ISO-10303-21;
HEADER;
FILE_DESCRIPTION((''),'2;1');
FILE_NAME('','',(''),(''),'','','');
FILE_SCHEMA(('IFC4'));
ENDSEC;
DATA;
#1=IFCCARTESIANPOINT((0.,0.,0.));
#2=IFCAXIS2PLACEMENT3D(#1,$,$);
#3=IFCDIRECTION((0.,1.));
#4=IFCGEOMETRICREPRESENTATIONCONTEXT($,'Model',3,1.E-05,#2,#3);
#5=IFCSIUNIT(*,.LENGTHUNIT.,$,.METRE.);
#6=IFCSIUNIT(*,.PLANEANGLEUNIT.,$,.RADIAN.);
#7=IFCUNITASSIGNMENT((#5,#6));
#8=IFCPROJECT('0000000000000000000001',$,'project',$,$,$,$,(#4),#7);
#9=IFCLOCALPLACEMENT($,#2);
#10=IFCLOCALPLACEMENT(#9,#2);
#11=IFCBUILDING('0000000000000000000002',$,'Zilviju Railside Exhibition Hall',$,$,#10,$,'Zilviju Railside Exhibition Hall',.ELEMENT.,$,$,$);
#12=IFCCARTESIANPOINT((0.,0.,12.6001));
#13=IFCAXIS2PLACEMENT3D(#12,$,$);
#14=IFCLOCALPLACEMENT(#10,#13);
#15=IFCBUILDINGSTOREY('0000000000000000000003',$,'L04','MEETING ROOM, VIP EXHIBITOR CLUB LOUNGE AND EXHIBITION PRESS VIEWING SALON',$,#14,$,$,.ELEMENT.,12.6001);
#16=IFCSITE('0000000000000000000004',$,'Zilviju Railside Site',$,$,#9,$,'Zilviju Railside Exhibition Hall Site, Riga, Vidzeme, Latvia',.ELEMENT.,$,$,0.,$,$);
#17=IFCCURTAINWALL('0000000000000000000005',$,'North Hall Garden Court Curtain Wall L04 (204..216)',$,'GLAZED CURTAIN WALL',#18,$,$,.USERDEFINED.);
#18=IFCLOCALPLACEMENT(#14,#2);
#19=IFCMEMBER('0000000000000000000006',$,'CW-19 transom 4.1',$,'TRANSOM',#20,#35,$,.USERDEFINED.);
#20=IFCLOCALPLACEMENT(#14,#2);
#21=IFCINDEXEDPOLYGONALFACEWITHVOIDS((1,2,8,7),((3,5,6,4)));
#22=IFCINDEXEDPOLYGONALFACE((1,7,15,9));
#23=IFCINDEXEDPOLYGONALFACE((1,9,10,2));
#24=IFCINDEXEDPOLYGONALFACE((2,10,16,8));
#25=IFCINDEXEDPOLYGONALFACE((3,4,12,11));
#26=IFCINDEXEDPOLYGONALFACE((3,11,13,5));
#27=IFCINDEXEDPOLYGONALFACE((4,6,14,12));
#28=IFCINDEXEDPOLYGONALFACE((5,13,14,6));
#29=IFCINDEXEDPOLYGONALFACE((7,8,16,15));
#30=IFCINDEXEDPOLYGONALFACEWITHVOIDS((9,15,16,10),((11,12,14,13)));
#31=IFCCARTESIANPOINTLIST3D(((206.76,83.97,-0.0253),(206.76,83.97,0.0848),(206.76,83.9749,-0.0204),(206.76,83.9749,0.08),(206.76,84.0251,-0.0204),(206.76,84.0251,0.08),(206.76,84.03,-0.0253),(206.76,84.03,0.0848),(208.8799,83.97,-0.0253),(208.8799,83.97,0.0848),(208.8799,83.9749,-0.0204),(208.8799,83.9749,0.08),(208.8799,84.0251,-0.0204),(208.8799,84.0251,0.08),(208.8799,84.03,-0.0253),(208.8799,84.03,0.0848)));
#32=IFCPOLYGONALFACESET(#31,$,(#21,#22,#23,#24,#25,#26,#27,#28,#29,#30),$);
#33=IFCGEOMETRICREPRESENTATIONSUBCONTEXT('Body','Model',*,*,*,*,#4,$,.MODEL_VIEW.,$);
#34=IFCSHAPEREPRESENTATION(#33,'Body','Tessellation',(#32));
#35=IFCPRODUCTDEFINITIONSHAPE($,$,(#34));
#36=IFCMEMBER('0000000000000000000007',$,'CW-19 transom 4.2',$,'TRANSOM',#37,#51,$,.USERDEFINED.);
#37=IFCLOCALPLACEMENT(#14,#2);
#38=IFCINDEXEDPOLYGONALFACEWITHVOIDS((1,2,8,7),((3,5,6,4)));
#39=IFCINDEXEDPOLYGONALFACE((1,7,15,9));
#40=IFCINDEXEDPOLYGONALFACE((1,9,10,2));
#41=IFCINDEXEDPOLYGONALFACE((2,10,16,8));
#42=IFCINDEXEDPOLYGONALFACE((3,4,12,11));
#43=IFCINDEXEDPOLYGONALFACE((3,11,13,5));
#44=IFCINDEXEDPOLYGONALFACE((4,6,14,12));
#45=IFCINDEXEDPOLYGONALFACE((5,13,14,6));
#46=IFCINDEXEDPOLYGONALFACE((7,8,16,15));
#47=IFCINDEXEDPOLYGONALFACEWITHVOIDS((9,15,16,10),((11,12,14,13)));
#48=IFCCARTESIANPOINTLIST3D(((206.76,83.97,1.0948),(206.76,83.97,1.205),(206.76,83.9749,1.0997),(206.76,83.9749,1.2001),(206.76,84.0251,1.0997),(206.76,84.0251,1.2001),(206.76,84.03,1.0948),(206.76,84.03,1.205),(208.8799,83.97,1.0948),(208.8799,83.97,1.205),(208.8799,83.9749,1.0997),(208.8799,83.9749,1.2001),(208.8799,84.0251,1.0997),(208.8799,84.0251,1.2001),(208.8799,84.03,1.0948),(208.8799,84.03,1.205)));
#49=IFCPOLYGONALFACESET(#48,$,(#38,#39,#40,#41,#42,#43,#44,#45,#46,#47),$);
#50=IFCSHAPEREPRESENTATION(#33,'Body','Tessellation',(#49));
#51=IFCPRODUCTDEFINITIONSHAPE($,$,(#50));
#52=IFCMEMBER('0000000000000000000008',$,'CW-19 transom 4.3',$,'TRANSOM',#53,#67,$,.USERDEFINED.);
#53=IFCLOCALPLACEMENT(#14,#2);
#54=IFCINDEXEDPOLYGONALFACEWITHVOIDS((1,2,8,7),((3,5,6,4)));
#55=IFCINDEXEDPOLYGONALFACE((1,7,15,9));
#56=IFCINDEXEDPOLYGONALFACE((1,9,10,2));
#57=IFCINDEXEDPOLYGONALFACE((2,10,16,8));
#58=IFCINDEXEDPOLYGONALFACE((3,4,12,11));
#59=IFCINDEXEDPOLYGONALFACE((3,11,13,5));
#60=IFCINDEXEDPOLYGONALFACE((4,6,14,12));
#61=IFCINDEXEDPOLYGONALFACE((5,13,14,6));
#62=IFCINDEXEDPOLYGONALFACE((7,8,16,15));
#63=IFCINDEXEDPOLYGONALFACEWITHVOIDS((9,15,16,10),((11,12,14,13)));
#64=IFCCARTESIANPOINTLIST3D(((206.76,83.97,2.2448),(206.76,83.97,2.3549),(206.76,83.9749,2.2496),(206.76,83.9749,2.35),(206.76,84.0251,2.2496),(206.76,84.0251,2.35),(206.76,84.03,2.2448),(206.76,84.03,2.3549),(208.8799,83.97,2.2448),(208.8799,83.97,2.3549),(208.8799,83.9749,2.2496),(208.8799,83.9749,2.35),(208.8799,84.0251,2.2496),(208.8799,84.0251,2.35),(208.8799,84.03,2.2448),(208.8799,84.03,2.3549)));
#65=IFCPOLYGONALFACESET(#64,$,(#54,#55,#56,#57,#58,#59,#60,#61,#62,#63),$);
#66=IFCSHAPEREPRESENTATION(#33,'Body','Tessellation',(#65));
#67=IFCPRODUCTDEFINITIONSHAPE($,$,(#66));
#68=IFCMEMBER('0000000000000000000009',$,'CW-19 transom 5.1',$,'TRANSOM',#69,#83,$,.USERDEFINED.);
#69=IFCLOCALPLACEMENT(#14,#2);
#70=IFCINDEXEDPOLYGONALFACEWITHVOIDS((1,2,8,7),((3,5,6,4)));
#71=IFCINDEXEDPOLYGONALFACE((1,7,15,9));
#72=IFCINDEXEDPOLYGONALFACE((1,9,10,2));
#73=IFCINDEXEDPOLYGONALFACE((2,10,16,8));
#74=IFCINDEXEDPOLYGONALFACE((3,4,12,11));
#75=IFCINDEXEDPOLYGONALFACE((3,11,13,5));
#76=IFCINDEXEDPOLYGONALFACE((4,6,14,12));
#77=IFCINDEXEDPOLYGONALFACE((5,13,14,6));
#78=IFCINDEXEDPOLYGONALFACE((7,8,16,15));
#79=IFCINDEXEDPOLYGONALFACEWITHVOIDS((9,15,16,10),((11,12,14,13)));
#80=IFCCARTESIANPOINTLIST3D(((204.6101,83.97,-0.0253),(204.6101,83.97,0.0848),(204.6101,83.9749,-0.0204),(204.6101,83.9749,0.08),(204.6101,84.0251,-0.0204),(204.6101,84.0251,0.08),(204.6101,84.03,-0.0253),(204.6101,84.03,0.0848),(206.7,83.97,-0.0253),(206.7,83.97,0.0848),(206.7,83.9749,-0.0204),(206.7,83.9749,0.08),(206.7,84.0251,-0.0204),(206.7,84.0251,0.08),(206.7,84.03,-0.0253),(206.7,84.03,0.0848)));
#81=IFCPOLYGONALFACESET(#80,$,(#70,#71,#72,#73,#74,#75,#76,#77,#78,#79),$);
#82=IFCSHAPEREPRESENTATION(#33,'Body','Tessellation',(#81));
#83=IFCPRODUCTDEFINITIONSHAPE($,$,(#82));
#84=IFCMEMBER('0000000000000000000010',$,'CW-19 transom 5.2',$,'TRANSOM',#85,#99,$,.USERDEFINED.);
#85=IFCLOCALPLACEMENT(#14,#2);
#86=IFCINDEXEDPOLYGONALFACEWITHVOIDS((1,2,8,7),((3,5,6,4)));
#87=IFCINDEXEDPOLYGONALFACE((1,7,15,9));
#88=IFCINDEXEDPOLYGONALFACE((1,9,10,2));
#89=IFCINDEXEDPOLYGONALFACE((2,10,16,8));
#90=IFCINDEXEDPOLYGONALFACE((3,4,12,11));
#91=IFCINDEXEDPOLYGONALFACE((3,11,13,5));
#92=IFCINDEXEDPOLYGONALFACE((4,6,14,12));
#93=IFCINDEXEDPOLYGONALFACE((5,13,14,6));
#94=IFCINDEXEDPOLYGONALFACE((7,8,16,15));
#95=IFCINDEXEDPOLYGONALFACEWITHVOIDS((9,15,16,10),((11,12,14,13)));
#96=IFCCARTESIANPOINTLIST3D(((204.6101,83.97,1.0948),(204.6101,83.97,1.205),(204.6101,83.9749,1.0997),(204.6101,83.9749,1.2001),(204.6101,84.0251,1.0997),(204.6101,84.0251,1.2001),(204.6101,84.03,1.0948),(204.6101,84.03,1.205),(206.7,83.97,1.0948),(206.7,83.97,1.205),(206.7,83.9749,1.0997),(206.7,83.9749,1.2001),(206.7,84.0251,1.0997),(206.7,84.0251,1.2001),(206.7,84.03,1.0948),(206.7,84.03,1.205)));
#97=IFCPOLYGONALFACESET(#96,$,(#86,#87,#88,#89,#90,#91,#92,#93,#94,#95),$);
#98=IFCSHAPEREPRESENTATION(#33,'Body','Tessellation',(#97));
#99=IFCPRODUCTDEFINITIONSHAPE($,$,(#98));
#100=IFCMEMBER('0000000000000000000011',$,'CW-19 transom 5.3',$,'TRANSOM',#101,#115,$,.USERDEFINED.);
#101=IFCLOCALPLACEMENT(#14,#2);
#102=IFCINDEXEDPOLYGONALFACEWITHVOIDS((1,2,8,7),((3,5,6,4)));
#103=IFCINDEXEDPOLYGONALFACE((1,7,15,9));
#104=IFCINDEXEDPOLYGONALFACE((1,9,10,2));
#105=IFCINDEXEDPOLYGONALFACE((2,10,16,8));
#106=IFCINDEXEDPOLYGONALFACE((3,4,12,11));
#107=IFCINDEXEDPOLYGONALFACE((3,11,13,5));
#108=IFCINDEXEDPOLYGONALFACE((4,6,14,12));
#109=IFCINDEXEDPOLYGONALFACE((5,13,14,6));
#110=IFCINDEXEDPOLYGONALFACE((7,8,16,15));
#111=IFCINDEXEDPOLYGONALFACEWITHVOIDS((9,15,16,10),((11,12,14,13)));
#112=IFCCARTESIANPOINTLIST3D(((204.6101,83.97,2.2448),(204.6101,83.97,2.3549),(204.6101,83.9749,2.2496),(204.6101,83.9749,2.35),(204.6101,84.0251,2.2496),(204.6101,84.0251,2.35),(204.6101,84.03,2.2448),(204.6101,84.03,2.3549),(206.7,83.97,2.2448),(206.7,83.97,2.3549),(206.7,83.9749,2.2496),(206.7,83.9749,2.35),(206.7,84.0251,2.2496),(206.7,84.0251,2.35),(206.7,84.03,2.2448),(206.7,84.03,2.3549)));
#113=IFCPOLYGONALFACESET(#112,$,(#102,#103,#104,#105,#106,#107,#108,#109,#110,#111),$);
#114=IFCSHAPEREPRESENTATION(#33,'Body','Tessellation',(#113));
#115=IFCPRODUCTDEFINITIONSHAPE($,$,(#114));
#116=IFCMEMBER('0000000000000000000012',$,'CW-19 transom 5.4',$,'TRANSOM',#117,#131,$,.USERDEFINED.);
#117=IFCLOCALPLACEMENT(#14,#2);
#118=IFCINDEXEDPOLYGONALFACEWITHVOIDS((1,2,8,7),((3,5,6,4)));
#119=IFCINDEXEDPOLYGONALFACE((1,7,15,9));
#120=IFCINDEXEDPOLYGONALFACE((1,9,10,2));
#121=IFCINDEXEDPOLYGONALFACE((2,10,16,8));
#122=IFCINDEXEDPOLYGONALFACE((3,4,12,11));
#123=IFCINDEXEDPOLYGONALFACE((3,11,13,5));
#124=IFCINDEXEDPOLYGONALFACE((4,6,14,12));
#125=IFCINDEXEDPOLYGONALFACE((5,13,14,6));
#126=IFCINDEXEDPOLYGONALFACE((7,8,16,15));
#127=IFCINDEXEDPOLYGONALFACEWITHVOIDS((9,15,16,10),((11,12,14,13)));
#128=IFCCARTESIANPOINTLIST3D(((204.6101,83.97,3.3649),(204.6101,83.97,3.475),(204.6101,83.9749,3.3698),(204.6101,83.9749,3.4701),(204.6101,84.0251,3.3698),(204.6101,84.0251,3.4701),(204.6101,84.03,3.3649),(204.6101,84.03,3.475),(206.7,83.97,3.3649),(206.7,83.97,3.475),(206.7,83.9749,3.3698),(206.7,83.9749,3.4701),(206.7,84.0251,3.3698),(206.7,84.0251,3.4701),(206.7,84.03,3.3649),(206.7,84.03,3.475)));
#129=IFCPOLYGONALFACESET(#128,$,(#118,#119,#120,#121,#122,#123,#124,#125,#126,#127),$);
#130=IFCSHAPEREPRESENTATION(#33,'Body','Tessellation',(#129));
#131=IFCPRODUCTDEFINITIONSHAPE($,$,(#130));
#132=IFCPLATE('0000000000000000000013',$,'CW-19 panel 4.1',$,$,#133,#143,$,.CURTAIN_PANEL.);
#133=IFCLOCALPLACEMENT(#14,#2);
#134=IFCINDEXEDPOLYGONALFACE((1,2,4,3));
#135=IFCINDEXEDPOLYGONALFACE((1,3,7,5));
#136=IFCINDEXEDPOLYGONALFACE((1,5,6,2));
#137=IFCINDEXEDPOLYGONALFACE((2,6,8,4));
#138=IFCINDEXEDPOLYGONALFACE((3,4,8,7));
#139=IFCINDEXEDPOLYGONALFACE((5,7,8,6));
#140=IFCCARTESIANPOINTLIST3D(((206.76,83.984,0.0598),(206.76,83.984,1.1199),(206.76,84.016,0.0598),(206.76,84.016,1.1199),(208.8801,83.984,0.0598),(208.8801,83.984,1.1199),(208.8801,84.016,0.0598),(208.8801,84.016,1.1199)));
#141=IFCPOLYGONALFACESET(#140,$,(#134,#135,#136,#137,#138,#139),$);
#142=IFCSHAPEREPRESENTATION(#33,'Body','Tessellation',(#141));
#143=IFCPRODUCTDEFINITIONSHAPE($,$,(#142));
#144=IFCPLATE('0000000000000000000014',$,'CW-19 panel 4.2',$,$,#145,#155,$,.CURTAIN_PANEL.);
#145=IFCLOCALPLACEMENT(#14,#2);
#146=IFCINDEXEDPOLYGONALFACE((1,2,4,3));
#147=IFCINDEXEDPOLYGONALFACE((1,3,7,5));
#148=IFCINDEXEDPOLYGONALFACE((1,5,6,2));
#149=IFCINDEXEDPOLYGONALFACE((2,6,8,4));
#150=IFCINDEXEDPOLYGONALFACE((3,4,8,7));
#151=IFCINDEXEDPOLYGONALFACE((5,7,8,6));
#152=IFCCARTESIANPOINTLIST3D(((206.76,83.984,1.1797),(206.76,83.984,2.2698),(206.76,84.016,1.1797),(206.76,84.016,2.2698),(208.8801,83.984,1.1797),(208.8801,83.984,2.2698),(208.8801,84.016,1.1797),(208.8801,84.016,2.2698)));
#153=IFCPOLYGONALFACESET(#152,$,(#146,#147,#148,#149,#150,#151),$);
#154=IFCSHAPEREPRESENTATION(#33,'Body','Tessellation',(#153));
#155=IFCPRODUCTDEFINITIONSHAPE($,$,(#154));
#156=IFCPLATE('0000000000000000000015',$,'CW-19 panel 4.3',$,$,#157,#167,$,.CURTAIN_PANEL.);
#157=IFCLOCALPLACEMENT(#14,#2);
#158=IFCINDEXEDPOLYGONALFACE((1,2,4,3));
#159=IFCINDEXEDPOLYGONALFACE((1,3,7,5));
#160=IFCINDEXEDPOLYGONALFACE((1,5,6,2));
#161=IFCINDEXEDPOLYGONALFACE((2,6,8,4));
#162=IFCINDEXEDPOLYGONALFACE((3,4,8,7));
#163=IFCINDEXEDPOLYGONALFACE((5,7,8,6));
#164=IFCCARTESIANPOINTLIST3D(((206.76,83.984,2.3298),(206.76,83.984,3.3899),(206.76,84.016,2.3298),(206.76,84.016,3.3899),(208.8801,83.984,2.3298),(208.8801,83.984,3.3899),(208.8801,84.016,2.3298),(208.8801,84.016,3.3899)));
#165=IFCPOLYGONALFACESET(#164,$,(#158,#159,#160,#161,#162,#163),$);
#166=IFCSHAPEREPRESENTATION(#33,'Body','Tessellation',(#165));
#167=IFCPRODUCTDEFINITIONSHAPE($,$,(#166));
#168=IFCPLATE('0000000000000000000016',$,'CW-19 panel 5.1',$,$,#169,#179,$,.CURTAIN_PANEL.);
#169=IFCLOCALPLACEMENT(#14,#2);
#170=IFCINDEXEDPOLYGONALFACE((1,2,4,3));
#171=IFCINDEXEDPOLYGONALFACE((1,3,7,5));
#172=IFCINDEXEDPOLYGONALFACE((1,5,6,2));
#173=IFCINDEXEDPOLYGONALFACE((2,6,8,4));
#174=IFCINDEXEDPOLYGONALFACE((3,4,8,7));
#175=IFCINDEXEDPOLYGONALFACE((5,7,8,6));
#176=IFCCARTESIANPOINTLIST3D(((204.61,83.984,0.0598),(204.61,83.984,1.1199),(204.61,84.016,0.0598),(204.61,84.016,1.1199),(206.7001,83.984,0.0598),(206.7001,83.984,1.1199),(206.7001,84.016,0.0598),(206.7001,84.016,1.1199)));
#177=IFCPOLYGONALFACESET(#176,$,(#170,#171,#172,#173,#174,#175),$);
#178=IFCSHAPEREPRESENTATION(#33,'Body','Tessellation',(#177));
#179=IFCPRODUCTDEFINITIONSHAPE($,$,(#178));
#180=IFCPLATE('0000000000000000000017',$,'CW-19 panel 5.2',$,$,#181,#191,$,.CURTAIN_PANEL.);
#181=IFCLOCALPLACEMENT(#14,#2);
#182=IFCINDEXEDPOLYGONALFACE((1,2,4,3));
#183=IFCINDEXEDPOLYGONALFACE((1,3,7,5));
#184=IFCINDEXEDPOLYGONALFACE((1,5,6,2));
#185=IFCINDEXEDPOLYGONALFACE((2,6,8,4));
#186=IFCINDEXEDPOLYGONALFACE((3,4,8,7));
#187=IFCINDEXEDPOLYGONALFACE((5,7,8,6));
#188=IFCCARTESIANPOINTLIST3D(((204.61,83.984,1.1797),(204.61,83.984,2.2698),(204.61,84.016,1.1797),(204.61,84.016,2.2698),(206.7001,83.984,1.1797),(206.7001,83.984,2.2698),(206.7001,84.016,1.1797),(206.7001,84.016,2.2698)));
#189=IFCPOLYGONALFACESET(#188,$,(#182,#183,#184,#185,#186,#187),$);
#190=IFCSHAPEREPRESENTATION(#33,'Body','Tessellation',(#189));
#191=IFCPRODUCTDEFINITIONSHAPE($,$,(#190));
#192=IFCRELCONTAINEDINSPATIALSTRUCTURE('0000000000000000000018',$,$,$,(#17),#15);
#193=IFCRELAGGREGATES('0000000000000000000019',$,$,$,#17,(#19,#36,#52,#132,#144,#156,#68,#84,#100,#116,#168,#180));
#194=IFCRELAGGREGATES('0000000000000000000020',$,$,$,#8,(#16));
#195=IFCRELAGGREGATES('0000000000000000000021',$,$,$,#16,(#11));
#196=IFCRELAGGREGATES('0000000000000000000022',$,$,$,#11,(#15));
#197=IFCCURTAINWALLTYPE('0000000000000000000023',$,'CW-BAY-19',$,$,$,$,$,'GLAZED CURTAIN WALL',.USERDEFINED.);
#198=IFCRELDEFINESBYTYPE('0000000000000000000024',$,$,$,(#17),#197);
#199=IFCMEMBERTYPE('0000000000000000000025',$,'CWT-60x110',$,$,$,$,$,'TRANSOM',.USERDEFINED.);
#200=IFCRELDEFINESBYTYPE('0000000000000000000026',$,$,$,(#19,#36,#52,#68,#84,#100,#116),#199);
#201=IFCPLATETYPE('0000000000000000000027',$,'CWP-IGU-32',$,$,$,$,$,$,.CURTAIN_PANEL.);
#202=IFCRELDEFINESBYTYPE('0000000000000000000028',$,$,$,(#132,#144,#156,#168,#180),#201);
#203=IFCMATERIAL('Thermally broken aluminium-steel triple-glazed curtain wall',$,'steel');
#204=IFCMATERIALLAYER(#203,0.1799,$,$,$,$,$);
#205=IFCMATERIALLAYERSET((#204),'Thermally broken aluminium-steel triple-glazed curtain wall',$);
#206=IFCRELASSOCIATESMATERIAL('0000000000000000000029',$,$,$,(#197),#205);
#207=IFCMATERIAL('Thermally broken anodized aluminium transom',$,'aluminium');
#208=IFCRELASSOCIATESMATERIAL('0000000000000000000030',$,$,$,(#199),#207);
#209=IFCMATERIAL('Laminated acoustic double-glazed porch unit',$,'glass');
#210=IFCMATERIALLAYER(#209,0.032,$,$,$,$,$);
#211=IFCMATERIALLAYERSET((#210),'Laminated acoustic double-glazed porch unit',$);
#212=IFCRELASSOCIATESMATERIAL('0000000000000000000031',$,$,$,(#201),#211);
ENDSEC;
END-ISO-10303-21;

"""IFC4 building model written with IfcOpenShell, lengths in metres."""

from ifc_helpers import new_model, si_unit, direction, frame, origin, origin_2d, place, context, subcontext, project, spatial, rectangle, hollow_rectangle, extrude, material, layer, layer_set, material_profile, profile_set, type_object, element, aggregate, save


model = new_model("IFC4")

# Units and contexts
model_context = context("Model", 3, precision=1e-05, world=origin(), true_north=direction((0.0, 1.0)))
body_context = subcontext(model_context, "Body", "Model", "MODEL_VIEW")
ifc_project = project(units=[si_unit("LENGTHUNIT", "METRE"), si_unit("PLANEANGLEUNIT", "RADIAN")], contexts=[model_context])

# Site, building, storey
site_placement = place(None, origin())
site = spatial("IfcSite", under=ifc_project, at=site_placement, Name="Zilviju Railside Site", LongName="Zilviju Railside Exhibition Hall Site, Riga, Vidzeme, Latvia", CompositionType="ELEMENT", RefElevation=0.0)
building_placement = place(site_placement, origin())
building = spatial("IfcBuilding", under=site, at=building_placement, Name="Zilviju Railside Exhibition Hall", LongName="Zilviju Railside Exhibition Hall", CompositionType="ELEMENT")
storey_placement = place(building_placement, frame((0.0, 0.0, 12.6001)))
storey = spatial("IfcBuildingStorey", under=building, at=storey_placement, Name="L04", Description="MEETING ROOM, VIP EXHIBITOR CLUB LOUNGE AND EXHIBITION PRESS VIEWING SALON", CompositionType="ELEMENT", Elevation=12.6001)

# Curtain wall, members, plates
ifc_material_1 = material(Name="Thermally broken aluminium-steel triple-glazed curtain wall", Category="steel")
ifc_layer_1 = layer(ifc_material_1, 0.1799)
ifc_layer_set_1 = layer_set([ifc_layer_1], Name="Thermally broken aluminium-steel triple-glazed curtain wall")
curtain_wall_type = type_object("IfcCurtainWallType", Name="CW-BAY-19", ElementType="GLAZED CURTAIN WALL", PredefinedType="USERDEFINED", material=ifc_layer_set_1)
curtain_wall_placement = place(storey_placement, origin())
curtain_wall = element("IfcCurtainWall", 1, at=curtain_wall_placement, inside=storey, type_object=curtain_wall_type, Name="North Hall Garden Court Curtain Wall L04 (204..216)", ObjectType="GLAZED CURTAIN WALL", PredefinedType="USERDEFINED")
ifc_material_2 = material(Name="Thermally broken anodized aluminium transom", Category="aluminium")
ifc_material_profile_1 = material_profile(ifc_material_2, hollow_rectangle(XDim=0.0601, YDim=0.1101, WallThickness=0.0049, at=origin_2d()), Name="TRANSOM 110x60x5")
ifc_profile_set_1 = profile_set([ifc_material_profile_1], Name="Thermally broken anodized aluminium transom")
member_type_1 = type_object("IfcMemberType", Name="CWT-60x110", ElementType="TRANSOM", PredefinedType="USERDEFINED", material=ifc_profile_set_1)
member_1_placement = place(storey_placement, frame((208.8799, 84.0, 0.0298), z_axis=(-1.0, 0.0, 0.0), x_axis=(0.0, -1.0, 0.0)))
member_1 = element("IfcMember", 2, at=member_1_placement, type_object=member_type_1, Name="CW-19 transom 4.1", ObjectType="TRANSOM", PredefinedType="USERDEFINED", context=body_context, shape_type="SweptSolid", body=[
    extrude(hollow_rectangle(XDim=0.0601, YDim=0.1101, WallThickness=0.0049, at=origin_2d()), origin(), (0.0, 0.0, 1.0), 2.1199),
])
member_2_placement = place(storey_placement, frame((208.8799, 84.0, 1.1499), z_axis=(-1.0, 0.0, 0.0), x_axis=(0.0, -1.0, 0.0)))
member_2 = element("IfcMember", 3, at=member_2_placement, type_object=member_type_1, Name="CW-19 transom 4.2", ObjectType="TRANSOM", PredefinedType="USERDEFINED", context=body_context, shape_type="SweptSolid", body=[
    extrude(hollow_rectangle(XDim=0.0601, YDim=0.1101, WallThickness=0.0049, at=origin_2d()), origin(), (0.0, 0.0, 1.0), 2.1199),
])
member_3_placement = place(storey_placement, frame((208.8799, 84.0, 2.2998), z_axis=(-1.0, 0.0, 0.0), x_axis=(0.0, -1.0, 0.0)))
member_3 = element("IfcMember", 4, at=member_3_placement, type_object=member_type_1, Name="CW-19 transom 4.3", ObjectType="TRANSOM", PredefinedType="USERDEFINED", context=body_context, shape_type="SweptSolid", body=[
    extrude(hollow_rectangle(XDim=0.0601, YDim=0.1101, WallThickness=0.0049, at=origin_2d()), origin(), (0.0, 0.0, 1.0), 2.1199),
])
member_4_placement = place(storey_placement, frame((206.7, 84.0, 0.0298), z_axis=(-1.0, 0.0, 0.0), x_axis=(0.0, -1.0, 0.0)))
member_4 = element("IfcMember", 5, at=member_4_placement, type_object=member_type_1, Name="CW-19 transom 5.1", ObjectType="TRANSOM", PredefinedType="USERDEFINED", context=body_context, shape_type="SweptSolid", body=[
    extrude(hollow_rectangle(XDim=0.0601, YDim=0.1101, WallThickness=0.0049, at=origin_2d()), origin(), (0.0, 0.0, 1.0), 2.0898),
])
member_5_placement = place(storey_placement, frame((206.7, 84.0, 1.1499), z_axis=(-1.0, 0.0, 0.0), x_axis=(0.0, -1.0, 0.0)))
member_5 = element("IfcMember", 6, at=member_5_placement, type_object=member_type_1, Name="CW-19 transom 5.2", ObjectType="TRANSOM", PredefinedType="USERDEFINED", context=body_context, shape_type="SweptSolid", body=[
    extrude(hollow_rectangle(XDim=0.0601, YDim=0.1101, WallThickness=0.0049, at=origin_2d()), origin(), (0.0, 0.0, 1.0), 2.0898),
])
member_6_placement = place(storey_placement, frame((206.7, 84.0, 2.2998), z_axis=(-1.0, 0.0, 0.0), x_axis=(0.0, -1.0, 0.0)))
member_6 = element("IfcMember", 7, at=member_6_placement, type_object=member_type_1, Name="CW-19 transom 5.3", ObjectType="TRANSOM", PredefinedType="USERDEFINED", context=body_context, shape_type="SweptSolid", body=[
    extrude(hollow_rectangle(XDim=0.0601, YDim=0.1101, WallThickness=0.0049, at=origin_2d()), origin(), (0.0, 0.0, 1.0), 2.0898),
])
member_7_placement = place(storey_placement, frame((206.7, 84.0, 3.4199), z_axis=(-1.0, 0.0, 0.0), x_axis=(0.0, -1.0, 0.0)))
member_7 = element("IfcMember", 8, at=member_7_placement, type_object=member_type_1, Name="CW-19 transom 5.4", ObjectType="TRANSOM", PredefinedType="USERDEFINED", context=body_context, shape_type="SweptSolid", body=[
    extrude(hollow_rectangle(XDim=0.0601, YDim=0.1101, WallThickness=0.0049, at=origin_2d()), origin(), (0.0, 0.0, 1.0), 2.0898),
])
ifc_material_3 = material(Name="Laminated acoustic double-glazed porch unit", Category="glass")
ifc_layer_2 = layer(ifc_material_3, 0.032)
ifc_layer_set_2 = layer_set([ifc_layer_2], Name="Laminated acoustic double-glazed porch unit")
plate_type = type_object("IfcPlateType", Name="CWP-IGU-32", PredefinedType="CURTAIN_PANEL", material=ifc_layer_set_2)
plate_1_placement = place(storey_placement, frame((207.8201, 84.0, 0.0598), z_axis=(0.0, 0.0, 1.0), x_axis=(-1.0, 0.0, 0.0)))
plate_1 = element("IfcPlate", 9, at=plate_1_placement, type_object=plate_type, Name="CW-19 panel 4.1", PredefinedType="CURTAIN_PANEL", context=body_context, shape_type="SweptSolid", body=[
    extrude(rectangle(XDim=2.1201, YDim=0.032, at=origin_2d()), origin(), (0.0, 0.0, 1.0), 1.0601),
])
plate_2_placement = place(storey_placement, frame((207.8201, 84.0, 1.1797), z_axis=(0.0, 0.0, 1.0), x_axis=(-1.0, 0.0, 0.0)))
plate_2 = element("IfcPlate", 10, at=plate_2_placement, type_object=plate_type, Name="CW-19 panel 4.2", PredefinedType="CURTAIN_PANEL", context=body_context, shape_type="SweptSolid", body=[
    extrude(rectangle(XDim=2.1201, YDim=0.032, at=origin_2d()), origin(), (0.0, 0.0, 1.0), 1.0901),
])
plate_3_placement = place(storey_placement, frame((207.8201, 84.0, 2.3298), z_axis=(0.0, 0.0, 1.0), x_axis=(-1.0, 0.0, 0.0)))
plate_3 = element("IfcPlate", 11, at=plate_3_placement, type_object=plate_type, Name="CW-19 panel 4.3", PredefinedType="CURTAIN_PANEL", context=body_context, shape_type="SweptSolid", body=[
    extrude(rectangle(XDim=2.1201, YDim=0.032, at=origin_2d()), origin(), (0.0, 0.0, 1.0), 1.0601),
])
plate_4_placement = place(storey_placement, frame((205.655, 84.0, 0.0598), z_axis=(0.0, 0.0, 1.0), x_axis=(-1.0, 0.0, 0.0)))
plate_4 = element("IfcPlate", 12, at=plate_4_placement, type_object=plate_type, Name="CW-19 panel 5.1", PredefinedType="CURTAIN_PANEL", context=body_context, shape_type="SweptSolid", body=[
    extrude(rectangle(XDim=2.0901, YDim=0.032, at=origin_2d()), origin(), (0.0, 0.0, 1.0), 1.0601),
])
plate_5_placement = place(storey_placement, frame((205.655, 84.0, 1.1797), z_axis=(0.0, 0.0, 1.0), x_axis=(-1.0, 0.0, 0.0)))
plate_5 = element("IfcPlate", 13, at=plate_5_placement, type_object=plate_type, Name="CW-19 panel 5.2", PredefinedType="CURTAIN_PANEL", context=body_context, shape_type="SweptSolid", body=[
    extrude(rectangle(XDim=2.0901, YDim=0.032, at=origin_2d()), origin(), (0.0, 0.0, 1.0), 1.0901),
])
aggregate(curtain_wall, [member_1, member_2, member_3, plate_1, plate_2, plate_3, member_4, member_5, member_6, member_7, plate_4, plate_5])

save(model, "model.ifc")
